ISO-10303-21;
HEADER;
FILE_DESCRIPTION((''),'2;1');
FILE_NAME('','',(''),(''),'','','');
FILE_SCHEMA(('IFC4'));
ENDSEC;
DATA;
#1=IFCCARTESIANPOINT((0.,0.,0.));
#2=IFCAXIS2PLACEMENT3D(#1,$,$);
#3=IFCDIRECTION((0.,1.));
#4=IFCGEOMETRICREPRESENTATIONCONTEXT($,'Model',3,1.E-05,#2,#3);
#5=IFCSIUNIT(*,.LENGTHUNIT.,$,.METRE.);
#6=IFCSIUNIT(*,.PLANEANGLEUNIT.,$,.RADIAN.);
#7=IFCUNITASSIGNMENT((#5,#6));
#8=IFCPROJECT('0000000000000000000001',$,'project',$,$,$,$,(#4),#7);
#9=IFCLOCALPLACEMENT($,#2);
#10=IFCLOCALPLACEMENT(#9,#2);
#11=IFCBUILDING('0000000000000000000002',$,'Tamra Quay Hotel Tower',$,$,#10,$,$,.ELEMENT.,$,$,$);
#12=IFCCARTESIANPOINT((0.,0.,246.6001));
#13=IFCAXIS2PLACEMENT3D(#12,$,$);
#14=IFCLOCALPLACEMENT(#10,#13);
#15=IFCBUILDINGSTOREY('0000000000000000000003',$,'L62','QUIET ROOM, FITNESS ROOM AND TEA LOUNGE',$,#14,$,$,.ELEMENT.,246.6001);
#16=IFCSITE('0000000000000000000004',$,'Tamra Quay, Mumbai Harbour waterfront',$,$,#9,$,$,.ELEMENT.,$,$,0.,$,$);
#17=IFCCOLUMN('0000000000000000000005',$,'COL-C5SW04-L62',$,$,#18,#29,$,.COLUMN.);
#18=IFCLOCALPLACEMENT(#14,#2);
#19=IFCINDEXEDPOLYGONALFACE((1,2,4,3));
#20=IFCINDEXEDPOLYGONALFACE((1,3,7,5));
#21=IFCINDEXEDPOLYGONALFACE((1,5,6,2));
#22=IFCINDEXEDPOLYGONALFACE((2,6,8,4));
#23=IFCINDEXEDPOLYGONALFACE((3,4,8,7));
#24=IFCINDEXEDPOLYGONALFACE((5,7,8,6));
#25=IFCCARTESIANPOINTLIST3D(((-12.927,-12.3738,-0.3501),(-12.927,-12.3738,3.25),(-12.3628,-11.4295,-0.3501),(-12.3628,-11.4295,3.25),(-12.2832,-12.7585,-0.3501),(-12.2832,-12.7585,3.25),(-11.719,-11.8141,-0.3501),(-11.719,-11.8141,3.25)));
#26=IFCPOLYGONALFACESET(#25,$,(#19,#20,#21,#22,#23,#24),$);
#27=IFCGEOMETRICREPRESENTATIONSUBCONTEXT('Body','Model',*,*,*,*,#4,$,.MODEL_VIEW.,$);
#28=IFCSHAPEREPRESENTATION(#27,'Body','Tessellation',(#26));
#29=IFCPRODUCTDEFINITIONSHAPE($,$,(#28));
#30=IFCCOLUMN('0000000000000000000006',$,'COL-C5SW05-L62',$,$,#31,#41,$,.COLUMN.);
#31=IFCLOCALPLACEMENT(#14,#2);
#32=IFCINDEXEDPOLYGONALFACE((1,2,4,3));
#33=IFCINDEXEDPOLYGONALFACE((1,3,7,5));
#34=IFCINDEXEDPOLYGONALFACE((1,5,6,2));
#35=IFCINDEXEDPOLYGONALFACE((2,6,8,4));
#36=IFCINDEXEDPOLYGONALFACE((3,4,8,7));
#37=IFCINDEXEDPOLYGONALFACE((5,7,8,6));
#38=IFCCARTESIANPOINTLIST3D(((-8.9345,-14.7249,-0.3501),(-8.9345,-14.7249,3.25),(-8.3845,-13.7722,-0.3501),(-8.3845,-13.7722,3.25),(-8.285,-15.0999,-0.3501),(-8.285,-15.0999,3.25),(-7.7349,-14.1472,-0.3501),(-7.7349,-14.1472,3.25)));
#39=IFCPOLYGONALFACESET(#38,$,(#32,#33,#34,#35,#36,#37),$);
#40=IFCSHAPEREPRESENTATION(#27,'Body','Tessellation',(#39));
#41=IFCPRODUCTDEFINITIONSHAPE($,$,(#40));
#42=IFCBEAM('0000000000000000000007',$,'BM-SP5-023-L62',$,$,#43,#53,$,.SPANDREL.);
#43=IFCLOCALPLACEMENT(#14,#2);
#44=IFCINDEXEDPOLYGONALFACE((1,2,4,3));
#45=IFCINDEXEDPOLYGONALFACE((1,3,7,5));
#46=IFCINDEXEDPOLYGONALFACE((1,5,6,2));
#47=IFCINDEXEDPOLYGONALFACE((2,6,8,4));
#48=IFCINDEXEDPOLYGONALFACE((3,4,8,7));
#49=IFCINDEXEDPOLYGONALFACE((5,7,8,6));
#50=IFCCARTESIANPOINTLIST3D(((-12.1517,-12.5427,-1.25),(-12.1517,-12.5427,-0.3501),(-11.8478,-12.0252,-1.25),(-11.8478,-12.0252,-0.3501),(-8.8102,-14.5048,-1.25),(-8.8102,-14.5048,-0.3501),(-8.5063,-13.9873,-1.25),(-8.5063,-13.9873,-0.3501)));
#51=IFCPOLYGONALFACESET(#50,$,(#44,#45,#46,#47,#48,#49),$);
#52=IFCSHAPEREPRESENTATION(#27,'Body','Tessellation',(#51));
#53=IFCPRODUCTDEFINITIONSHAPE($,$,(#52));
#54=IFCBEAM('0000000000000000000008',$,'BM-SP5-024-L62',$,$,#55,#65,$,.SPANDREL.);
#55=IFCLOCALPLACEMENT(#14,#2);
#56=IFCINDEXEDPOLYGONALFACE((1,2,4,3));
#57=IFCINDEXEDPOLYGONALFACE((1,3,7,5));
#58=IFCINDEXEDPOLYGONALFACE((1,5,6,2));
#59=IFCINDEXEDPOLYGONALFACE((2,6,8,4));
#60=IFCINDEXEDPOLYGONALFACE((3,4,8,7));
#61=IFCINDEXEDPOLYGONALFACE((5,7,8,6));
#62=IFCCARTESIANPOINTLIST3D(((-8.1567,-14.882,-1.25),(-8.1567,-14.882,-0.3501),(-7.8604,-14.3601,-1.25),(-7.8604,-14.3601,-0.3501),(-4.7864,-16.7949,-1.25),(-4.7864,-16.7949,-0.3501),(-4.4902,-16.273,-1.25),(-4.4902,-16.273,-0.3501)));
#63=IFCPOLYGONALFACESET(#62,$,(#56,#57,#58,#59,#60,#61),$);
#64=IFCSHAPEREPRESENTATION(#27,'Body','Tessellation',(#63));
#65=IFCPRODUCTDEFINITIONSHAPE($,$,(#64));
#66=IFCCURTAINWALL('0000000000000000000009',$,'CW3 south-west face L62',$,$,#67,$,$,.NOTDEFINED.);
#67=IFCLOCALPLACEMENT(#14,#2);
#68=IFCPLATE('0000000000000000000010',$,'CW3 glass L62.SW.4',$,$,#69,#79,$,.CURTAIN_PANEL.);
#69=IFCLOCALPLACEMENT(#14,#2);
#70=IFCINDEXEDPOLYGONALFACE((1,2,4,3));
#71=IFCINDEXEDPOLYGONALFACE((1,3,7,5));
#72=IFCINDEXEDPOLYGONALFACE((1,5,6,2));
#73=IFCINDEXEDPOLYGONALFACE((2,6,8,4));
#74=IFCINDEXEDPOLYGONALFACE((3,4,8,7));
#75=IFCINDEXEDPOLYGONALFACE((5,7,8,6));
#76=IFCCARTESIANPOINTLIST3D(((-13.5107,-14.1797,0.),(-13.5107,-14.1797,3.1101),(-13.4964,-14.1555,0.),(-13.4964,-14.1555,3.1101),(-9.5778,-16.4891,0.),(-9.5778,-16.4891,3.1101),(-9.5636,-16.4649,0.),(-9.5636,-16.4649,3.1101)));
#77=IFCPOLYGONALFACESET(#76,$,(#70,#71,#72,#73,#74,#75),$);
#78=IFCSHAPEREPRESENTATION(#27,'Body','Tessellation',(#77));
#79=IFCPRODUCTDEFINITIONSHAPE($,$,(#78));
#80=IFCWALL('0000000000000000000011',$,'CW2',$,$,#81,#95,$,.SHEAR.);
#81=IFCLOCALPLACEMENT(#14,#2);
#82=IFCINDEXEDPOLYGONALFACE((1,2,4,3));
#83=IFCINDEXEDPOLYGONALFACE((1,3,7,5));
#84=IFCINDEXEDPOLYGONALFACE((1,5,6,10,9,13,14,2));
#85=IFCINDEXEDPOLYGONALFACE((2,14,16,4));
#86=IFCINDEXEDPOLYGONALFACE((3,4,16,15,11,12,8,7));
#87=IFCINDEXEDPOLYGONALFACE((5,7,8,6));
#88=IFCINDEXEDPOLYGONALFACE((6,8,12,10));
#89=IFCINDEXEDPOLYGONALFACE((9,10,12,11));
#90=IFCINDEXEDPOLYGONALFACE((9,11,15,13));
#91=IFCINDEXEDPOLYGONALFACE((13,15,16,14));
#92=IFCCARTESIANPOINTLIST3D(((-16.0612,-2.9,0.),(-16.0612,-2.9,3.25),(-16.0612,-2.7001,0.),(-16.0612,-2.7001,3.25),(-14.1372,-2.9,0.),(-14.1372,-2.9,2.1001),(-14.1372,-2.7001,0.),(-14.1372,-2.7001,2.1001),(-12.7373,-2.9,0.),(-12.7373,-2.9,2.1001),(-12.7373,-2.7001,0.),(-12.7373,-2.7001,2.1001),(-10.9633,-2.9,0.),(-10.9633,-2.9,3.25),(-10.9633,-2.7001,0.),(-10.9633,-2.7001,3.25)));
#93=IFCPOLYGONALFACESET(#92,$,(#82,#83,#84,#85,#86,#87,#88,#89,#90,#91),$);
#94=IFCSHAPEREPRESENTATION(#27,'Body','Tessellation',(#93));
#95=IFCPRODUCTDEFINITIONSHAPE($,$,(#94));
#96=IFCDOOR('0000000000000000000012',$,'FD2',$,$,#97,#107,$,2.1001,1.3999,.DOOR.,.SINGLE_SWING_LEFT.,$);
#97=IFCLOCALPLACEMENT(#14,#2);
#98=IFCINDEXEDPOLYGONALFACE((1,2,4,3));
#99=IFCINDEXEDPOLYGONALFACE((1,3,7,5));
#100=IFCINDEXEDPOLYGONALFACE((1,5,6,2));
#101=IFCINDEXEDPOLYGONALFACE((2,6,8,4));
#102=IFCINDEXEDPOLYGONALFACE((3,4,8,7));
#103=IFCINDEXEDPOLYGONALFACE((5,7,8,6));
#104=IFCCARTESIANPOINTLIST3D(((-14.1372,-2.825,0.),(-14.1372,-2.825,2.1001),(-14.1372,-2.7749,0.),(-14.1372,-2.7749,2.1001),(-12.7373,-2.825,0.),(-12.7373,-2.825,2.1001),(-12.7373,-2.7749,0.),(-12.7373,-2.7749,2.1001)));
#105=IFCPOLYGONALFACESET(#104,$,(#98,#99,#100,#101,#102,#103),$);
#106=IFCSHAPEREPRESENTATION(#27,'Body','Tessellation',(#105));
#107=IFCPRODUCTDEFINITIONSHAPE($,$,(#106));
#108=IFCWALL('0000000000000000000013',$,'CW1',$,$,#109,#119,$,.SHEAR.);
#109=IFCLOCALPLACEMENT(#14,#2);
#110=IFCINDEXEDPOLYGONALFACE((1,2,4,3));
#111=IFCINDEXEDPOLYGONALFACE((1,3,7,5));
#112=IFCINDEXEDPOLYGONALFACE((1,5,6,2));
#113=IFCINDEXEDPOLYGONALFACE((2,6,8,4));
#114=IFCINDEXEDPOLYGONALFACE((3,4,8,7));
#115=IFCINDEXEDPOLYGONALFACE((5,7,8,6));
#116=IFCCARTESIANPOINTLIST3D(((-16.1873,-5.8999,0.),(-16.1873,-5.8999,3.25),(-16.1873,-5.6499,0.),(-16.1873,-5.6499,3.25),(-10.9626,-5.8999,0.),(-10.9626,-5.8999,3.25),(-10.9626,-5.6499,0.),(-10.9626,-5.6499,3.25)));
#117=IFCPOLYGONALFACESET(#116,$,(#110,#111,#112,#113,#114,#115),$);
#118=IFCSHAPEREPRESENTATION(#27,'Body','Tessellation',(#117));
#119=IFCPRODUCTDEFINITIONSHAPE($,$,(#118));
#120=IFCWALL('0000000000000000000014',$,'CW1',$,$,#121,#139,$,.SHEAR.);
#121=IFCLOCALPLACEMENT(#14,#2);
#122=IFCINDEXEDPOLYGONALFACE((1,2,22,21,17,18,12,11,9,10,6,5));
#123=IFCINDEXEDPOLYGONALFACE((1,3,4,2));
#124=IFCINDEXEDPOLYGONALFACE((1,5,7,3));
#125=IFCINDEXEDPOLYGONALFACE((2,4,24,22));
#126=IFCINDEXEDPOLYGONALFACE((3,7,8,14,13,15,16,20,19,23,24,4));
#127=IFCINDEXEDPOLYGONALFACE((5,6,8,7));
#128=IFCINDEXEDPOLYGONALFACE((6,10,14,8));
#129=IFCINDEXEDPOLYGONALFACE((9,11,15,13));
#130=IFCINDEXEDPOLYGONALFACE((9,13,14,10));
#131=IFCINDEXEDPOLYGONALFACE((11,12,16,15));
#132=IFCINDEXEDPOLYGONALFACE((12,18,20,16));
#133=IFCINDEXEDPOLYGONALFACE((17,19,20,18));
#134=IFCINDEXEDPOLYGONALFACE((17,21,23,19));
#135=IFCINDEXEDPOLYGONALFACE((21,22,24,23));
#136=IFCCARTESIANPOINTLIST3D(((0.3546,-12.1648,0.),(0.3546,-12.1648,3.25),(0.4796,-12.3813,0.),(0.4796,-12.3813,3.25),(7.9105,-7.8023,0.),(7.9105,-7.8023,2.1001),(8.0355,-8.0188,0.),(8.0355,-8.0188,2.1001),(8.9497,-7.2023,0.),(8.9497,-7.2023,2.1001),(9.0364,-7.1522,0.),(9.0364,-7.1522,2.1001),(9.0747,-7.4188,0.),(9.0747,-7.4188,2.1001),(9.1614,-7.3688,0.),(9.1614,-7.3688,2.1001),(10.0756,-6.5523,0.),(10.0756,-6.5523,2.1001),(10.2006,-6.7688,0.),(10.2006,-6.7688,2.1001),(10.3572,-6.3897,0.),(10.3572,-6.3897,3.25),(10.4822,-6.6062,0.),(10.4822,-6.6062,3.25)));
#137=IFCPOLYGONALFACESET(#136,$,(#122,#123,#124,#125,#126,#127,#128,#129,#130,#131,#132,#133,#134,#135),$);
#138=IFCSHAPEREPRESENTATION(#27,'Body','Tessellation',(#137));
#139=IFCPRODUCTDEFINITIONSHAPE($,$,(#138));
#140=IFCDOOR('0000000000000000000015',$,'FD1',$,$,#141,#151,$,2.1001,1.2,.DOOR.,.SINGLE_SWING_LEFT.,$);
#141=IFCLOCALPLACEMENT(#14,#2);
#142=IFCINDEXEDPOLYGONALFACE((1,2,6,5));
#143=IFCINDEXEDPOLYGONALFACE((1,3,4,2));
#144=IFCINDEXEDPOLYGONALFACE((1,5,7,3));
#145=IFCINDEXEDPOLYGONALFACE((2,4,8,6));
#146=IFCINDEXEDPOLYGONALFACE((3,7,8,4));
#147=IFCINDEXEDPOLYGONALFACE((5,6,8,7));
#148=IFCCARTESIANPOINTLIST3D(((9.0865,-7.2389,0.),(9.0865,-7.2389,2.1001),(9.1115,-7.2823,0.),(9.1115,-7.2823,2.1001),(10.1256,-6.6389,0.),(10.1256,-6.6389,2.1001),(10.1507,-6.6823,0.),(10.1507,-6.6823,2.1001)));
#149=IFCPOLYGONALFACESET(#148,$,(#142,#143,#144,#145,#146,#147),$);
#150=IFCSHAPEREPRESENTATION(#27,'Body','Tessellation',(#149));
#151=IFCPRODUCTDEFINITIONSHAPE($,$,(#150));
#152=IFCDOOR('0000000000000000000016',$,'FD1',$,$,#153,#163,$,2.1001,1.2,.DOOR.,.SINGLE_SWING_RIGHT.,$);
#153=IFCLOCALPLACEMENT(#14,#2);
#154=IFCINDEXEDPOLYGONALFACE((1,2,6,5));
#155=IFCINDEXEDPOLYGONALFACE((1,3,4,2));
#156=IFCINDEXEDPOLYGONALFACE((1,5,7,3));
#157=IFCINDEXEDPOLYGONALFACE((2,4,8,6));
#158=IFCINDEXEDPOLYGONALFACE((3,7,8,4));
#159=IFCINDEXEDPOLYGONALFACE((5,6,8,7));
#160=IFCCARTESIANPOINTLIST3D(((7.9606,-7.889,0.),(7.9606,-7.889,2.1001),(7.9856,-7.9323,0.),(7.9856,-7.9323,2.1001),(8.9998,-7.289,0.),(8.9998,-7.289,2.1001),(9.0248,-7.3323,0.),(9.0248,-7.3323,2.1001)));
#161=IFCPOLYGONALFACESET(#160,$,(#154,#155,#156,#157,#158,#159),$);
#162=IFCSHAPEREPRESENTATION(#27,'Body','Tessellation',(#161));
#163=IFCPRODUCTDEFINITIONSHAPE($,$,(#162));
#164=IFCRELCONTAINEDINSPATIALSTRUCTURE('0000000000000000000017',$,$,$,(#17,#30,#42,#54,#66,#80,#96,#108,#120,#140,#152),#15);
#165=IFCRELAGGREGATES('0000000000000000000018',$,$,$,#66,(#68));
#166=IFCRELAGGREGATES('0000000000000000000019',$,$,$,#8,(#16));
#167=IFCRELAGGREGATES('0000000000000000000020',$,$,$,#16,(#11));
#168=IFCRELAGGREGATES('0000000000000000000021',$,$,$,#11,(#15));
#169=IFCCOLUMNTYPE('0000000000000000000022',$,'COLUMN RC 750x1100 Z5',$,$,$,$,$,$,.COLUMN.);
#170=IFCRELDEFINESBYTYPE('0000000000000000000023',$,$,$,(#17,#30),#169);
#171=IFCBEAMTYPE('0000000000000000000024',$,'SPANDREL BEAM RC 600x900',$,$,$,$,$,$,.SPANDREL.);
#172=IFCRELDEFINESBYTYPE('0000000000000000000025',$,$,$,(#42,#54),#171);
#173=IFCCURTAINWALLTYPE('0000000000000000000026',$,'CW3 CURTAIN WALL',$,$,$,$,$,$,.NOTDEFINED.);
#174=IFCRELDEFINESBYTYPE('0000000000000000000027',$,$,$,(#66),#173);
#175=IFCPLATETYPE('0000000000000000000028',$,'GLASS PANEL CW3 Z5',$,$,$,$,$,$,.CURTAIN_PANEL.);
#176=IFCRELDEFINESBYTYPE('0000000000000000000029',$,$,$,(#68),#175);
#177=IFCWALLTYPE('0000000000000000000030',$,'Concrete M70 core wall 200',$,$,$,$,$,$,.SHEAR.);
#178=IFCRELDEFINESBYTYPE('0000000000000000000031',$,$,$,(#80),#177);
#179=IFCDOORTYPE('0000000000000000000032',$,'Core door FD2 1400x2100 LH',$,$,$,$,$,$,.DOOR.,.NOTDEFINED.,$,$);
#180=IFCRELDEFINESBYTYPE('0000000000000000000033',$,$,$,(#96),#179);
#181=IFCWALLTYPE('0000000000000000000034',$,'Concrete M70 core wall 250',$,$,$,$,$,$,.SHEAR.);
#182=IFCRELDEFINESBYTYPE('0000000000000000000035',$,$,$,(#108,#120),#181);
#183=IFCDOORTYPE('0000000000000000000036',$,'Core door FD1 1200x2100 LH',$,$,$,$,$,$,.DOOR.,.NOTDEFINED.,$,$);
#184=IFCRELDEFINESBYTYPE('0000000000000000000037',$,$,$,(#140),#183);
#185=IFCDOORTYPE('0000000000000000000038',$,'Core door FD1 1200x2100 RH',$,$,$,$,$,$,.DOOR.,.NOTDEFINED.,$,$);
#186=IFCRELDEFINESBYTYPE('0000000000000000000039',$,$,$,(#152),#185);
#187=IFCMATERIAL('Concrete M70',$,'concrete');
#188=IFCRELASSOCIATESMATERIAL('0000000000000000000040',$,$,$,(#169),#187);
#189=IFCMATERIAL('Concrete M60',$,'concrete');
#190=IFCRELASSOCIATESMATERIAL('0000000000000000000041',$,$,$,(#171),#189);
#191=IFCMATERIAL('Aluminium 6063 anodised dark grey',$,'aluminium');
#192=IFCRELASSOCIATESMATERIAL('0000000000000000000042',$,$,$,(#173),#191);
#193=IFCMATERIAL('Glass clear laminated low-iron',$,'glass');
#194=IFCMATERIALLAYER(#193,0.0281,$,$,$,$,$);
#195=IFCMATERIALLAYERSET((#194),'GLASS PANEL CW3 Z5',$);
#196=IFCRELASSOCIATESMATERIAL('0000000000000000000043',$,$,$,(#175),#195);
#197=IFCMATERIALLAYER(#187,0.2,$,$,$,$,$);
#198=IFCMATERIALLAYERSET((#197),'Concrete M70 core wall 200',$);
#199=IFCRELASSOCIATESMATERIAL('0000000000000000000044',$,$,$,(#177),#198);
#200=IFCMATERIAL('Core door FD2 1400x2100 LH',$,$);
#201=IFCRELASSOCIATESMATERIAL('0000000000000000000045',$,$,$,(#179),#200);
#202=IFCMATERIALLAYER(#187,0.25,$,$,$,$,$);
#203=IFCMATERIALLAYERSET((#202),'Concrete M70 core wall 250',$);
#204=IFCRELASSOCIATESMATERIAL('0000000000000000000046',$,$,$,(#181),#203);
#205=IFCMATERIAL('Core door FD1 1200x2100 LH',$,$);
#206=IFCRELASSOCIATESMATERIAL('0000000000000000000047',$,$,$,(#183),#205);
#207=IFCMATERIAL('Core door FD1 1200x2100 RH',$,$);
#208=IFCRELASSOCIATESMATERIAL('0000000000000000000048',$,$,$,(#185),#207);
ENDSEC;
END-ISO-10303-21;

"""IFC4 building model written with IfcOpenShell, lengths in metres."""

from ifc_helpers import new_model, si_unit, direction, frame, frame_2d, origin, origin_2d, place, context, subcontext, project, spatial, rectangle, extrude, material, layer, layer_set, material_profile, profile_set, type_object, element, fill, aggregate, save


model = new_model("IFC4")

# Units and contexts
model_context = context("Model", 3, precision=1e-05, world=origin(), true_north=direction((0.0, 1.0)))
body_context = subcontext(model_context, "Body", "Model", "MODEL_VIEW")
ifc_project = project(units=[si_unit("LENGTHUNIT", "METRE"), si_unit("PLANEANGLEUNIT", "RADIAN")], contexts=[model_context])

# Site, building, storey
site_placement = place(None, origin())
site = spatial("IfcSite", under=ifc_project, at=site_placement, Name="Tamra Quay, Mumbai Harbour waterfront", CompositionType="ELEMENT", RefElevation=0.0)
building_placement = place(site_placement, origin())
building = spatial("IfcBuilding", under=site, at=building_placement, Name="Tamra Quay Hotel Tower", CompositionType="ELEMENT")
storey_placement = place(building_placement, frame((0.0, 0.0, 246.6001)))
storey = spatial("IfcBuildingStorey", under=building, at=storey_placement, Name="L62", Description="QUIET ROOM, FITNESS ROOM AND TEA LOUNGE", CompositionType="ELEMENT", Elevation=246.6001)

# Columns
ifc_material_1 = material(Name="Concrete M70", Category="concrete")
ifc_material_profile_1 = material_profile(ifc_material_1, rectangle(XDim=1.1001, YDim=0.75, at=origin_2d()), Name="COLUMN RC 750x1100 Z5")
ifc_profile_set_1 = profile_set([ifc_material_profile_1], Name="Concrete M70")
column_type = type_object("IfcColumnType", Name="COLUMN RC 750x1100 Z5", PredefinedType="COLUMN", material=ifc_profile_set_1)
for number, where, z_axis, x_axis, name in (
    (1, (-12.323, -12.094, -0.3501), (0.0, 0.0, 1.0), (0.512899, 0.858449, 0.0), "COL-C5SW04-L62"),
    (2, (-8.3347, -14.436, -0.3501), (0.0, 0.0, 1.0), (0.5, 0.866025, 0.0), "COL-C5SW05-L62"),
):
    element("IfcColumn", number, at=place(storey_placement, frame(where, z_axis=z_axis, x_axis=x_axis)), inside=storey, type_object=column_type, Name=name, PredefinedType="COLUMN", context=body_context, shape_type="SweptSolid", body=[
        extrude(rectangle(XDim=1.1001, YDim=0.75, at=origin_2d()), origin(), (0.0, 0.0, 1.0), 3.6001),
    ])

# Beams
ifc_material_2 = material(Name="Concrete M60", Category="concrete")
ifc_material_profile_2 = material_profile(ifc_material_2, rectangle(XDim=0.6001, YDim=0.8999, at=origin_2d()), Name="SPANDREL BEAM RC 600x900")
ifc_profile_set_2 = profile_set([ifc_material_profile_2], Name="Concrete M60")
beam_type = type_object("IfcBeamType", Name="SPANDREL BEAM RC 600x900", PredefinedType="SPANDREL", material=ifc_profile_set_2)
beam_1_placement = place(storey_placement, frame((-11.9998, -12.2839, -0.8), z_axis=(0.862324, -0.506356, 0.0), x_axis=(0.506356, 0.862324, 0.0)))
element("IfcBeam", 3, at=beam_1_placement, inside=storey, type_object=beam_type, Name="BM-SP5-023-L62", PredefinedType="SPANDREL", context=body_context, shape_type="SweptSolid", body=[
    extrude(rectangle(XDim=0.6001, YDim=0.8999, at=origin_2d()), origin(), (0.0, 0.0, 1.0), 3.875),
])
beam_2_placement = place(storey_placement, frame((-8.0085, -14.6211, -0.8), z_axis=(0.869678, -0.49362, 0.0), x_axis=(0.49362, 0.869678, 0.0)))
element("IfcBeam", 4, at=beam_2_placement, inside=storey, type_object=beam_type, Name="BM-SP5-024-L62", PredefinedType="SPANDREL", context=body_context, shape_type="SweptSolid", body=[
    extrude(rectangle(XDim=0.6001, YDim=0.8999, at=origin_2d()), origin(), (0.0, 0.0, 1.0), 3.8752),
])

# Curtain wall, plate
ifc_material_3 = material(Name="Aluminium 6063 anodised dark grey", Category="aluminium")
curtain_wall_type = type_object("IfcCurtainWallType", Name="CW3 CURTAIN WALL", PredefinedType="NOTDEFINED", material=ifc_material_3)
curtain_wall_placement = place(storey_placement, origin())
curtain_wall = element("IfcCurtainWall", 5, at=curtain_wall_placement, inside=storey, type_object=curtain_wall_type, Name="CW3 south-west face L62", PredefinedType="NOTDEFINED")
ifc_material_4 = material(Name="Glass clear laminated low-iron", Category="glass")
ifc_layer_1 = layer(ifc_material_4, 0.0281)
ifc_layer_set_1 = layer_set([ifc_layer_1], Name="GLASS PANEL CW3 Z5")
plate_type = type_object("IfcPlateType", Name="GLASS PANEL CW3 Z5", PredefinedType="CURTAIN_PANEL", material=ifc_layer_set_1)
plate_placement = place(storey_placement, frame((-11.5371, -15.3223, 0.0), z_axis=(0.0, 0.0, 1.0), x_axis=(0.862321, -0.506362, 0.0)))
plate = element("IfcPlate", 6, at=plate_placement, type_object=plate_type, Name="CW3 glass L62.SW.4", PredefinedType="CURTAIN_PANEL", context=body_context, shape_type="SweptSolid", body=[
    extrude(rectangle(XDim=4.5608, YDim=0.0281, at=origin_2d()), origin(), (0.0, 0.0, 1.0), 3.1101),
])
aggregate(curtain_wall, [plate])

# Wall, opening, door
ifc_layer_2 = layer(ifc_material_1, 0.2)
ifc_layer_set_2 = layer_set([ifc_layer_2], Name="Concrete M70 core wall 200")
wall_type_1 = type_object("IfcWallType", Name="Concrete M70 core wall 200", PredefinedType="SHEAR", material=ifc_layer_set_2)
wall_1_placement = place(storey_placement, frame((-10.9634, -2.8, 0.0), z_axis=(0.0, 0.0, 1.0), x_axis=(-1.0, 0.0, 0.0)))
wall_1 = element("IfcWall", 7, at=wall_1_placement, inside=storey, type_object=wall_type_1, Name="CW2", PredefinedType="SHEAR", context=body_context, shape_type="SweptSolid", body=[
    extrude(rectangle(XDim=5.0979, YDim=0.2, at=frame_2d((2.5488, 0.0))), origin(), (0.0, 0.0, 1.0), 3.25),
])
opening_1_placement = place(wall_1_placement, frame((1.7739, 0.0, 0.0)))
opening_1 = element("IfcOpeningElement", 8, at=opening_1_placement, cuts=wall_1, PredefinedType="OPENING", context=body_context, shape_type="SweptSolid", body=[
    extrude(rectangle(XDim=1.3999, YDim=2.1001, at=frame_2d((0.7, 1.05))), frame((0.0, 0.1099, 0.0), z_axis=(0.0, -1.0, 0.0), x_axis=(1.0, 0.0, 0.0)), (0.0, 0.0, 1.0), 0.22),
])
ifc_material_5 = material(Name="Core door FD2 1400x2100 LH")
door_type_1 = type_object("IfcDoorType", Name="Core door FD2 1400x2100 LH", OperationType="NOTDEFINED", PredefinedType="DOOR", material=ifc_material_5)
door_1_placement = place(opening_1_placement, origin())
door_1 = element("IfcDoor", 9, at=door_1_placement, inside=storey, type_object=door_type_1, Name="FD2", OperationType="SINGLE_SWING_LEFT", OverallHeight=2.1001, OverallWidth=1.3999, PredefinedType="DOOR", context=body_context, shape_type="SweptSolid", body=[
    extrude(rectangle(XDim=1.3999, YDim=2.1001, at=frame_2d((0.7, 1.05))), frame((0.0, 0.0249, 0.0), z_axis=(0.0, -1.0, 0.0), x_axis=(1.0, 0.0, 0.0)), (0.0, 0.0, 1.0), 0.05),
])
fill(opening_1, door_1)

# Wall
ifc_layer_3 = layer(ifc_material_1, 0.25)
ifc_layer_set_3 = layer_set([ifc_layer_3], Name="Concrete M70 core wall 250")
wall_type_2 = type_object("IfcWallType", Name="Concrete M70 core wall 250", PredefinedType="SHEAR", material=ifc_layer_set_3)
wall_2_placement = place(storey_placement, frame((-10.9626, -5.7749, 0.0), z_axis=(0.0, 0.0, 1.0), x_axis=(-1.0, 0.0, 0.0)))
element("IfcWall", 10, at=wall_2_placement, inside=storey, type_object=wall_type_2, Name="CW1", PredefinedType="SHEAR", context=body_context, shape_type="SweptSolid", body=[
    extrude(rectangle(XDim=5.2246, YDim=0.25, at=frame_2d((2.6123, 0.0))), origin(), (0.0, 0.0, 1.0), 3.25),
])

# Wall, openings, doors
wall_3_placement = place(storey_placement, frame((0.4172, -12.2729, 0.0), z_axis=(0.0, 0.0, 1.0), x_axis=(0.866022, 0.500006, 0.0)))
wall_3 = element("IfcWall", 11, at=wall_3_placement, inside=storey, type_object=wall_type_2, Name="CW1", PredefinedType="SHEAR", context=body_context, shape_type="SweptSolid", body=[
    extrude(rectangle(XDim=11.55, YDim=0.25, at=frame_2d((5.7749, 0.0))), origin(), (0.0, 0.0, 1.0), 3.25),
])
opening_2_placement = place(wall_3_placement, frame((10.0247, 0.0, 0.0)))
opening_2 = element("IfcOpeningElement", 12, at=opening_2_placement, cuts=wall_3, PredefinedType="OPENING", context=body_context, shape_type="SweptSolid", body=[
    extrude(rectangle(XDim=1.2, YDim=2.1001, at=frame_2d((0.6001, 1.05))), frame((0.0, 0.135, 0.0), z_axis=(0.0, -1.0, 0.0), x_axis=(1.0, 0.0, 0.0)), (0.0, 0.0, 1.0), 0.27),
])
opening_3_placement = place(wall_3_placement, frame((8.7246, 0.0, 0.0)))
opening_3 = element("IfcOpeningElement", 13, at=opening_3_placement, cuts=wall_3, PredefinedType="OPENING", context=body_context, shape_type="SweptSolid", body=[
    extrude(rectangle(XDim=1.2, YDim=2.1001, at=frame_2d((0.6001, 1.05))), frame((0.0, 0.135, 0.0), z_axis=(0.0, -1.0, 0.0), x_axis=(1.0, 0.0, 0.0)), (0.0, 0.0, 1.0), 0.27),
])
ifc_material_6 = material(Name="Core door FD1 1200x2100 LH")
door_type_2 = type_object("IfcDoorType", Name="Core door FD1 1200x2100 LH", OperationType="NOTDEFINED", PredefinedType="DOOR", material=ifc_material_6)
door_2_placement = place(opening_2_placement, origin())
door_2 = element("IfcDoor", 14, at=door_2_placement, inside=storey, type_object=door_type_2, Name="FD1", OperationType="SINGLE_SWING_LEFT", OverallHeight=2.1001, OverallWidth=1.2, PredefinedType="DOOR", context=body_context, shape_type="SweptSolid", body=[
    extrude(rectangle(XDim=1.2, YDim=2.1001, at=frame_2d((0.6001, 1.05))), frame((0.0, 0.0249, 0.0), z_axis=(0.0, -1.0, 0.0), x_axis=(1.0, 0.0, 0.0)), (0.0, 0.0, 1.0), 0.05),
])
fill(opening_2, door_2)
ifc_material_7 = material(Name="Core door FD1 1200x2100 RH")
door_type_3 = type_object("IfcDoorType", Name="Core door FD1 1200x2100 RH", OperationType="NOTDEFINED", PredefinedType="DOOR", material=ifc_material_7)
door_3_placement = place(opening_3_placement, origin())
door_3 = element("IfcDoor", 15, at=door_3_placement, inside=storey, type_object=door_type_3, Name="FD1", OperationType="SINGLE_SWING_RIGHT", OverallHeight=2.1001, OverallWidth=1.2, PredefinedType="DOOR", context=body_context, shape_type="SweptSolid", body=[
    extrude(rectangle(XDim=1.2, YDim=2.1001, at=frame_2d((0.6001, 1.05))), frame((0.0, 0.0249, 0.0), z_axis=(0.0, -1.0, 0.0), x_axis=(1.0, 0.0, 0.0)), (0.0, 0.0, 1.0), 0.05),
])
fill(opening_3, door_3)

save(model, "model.ifc")
